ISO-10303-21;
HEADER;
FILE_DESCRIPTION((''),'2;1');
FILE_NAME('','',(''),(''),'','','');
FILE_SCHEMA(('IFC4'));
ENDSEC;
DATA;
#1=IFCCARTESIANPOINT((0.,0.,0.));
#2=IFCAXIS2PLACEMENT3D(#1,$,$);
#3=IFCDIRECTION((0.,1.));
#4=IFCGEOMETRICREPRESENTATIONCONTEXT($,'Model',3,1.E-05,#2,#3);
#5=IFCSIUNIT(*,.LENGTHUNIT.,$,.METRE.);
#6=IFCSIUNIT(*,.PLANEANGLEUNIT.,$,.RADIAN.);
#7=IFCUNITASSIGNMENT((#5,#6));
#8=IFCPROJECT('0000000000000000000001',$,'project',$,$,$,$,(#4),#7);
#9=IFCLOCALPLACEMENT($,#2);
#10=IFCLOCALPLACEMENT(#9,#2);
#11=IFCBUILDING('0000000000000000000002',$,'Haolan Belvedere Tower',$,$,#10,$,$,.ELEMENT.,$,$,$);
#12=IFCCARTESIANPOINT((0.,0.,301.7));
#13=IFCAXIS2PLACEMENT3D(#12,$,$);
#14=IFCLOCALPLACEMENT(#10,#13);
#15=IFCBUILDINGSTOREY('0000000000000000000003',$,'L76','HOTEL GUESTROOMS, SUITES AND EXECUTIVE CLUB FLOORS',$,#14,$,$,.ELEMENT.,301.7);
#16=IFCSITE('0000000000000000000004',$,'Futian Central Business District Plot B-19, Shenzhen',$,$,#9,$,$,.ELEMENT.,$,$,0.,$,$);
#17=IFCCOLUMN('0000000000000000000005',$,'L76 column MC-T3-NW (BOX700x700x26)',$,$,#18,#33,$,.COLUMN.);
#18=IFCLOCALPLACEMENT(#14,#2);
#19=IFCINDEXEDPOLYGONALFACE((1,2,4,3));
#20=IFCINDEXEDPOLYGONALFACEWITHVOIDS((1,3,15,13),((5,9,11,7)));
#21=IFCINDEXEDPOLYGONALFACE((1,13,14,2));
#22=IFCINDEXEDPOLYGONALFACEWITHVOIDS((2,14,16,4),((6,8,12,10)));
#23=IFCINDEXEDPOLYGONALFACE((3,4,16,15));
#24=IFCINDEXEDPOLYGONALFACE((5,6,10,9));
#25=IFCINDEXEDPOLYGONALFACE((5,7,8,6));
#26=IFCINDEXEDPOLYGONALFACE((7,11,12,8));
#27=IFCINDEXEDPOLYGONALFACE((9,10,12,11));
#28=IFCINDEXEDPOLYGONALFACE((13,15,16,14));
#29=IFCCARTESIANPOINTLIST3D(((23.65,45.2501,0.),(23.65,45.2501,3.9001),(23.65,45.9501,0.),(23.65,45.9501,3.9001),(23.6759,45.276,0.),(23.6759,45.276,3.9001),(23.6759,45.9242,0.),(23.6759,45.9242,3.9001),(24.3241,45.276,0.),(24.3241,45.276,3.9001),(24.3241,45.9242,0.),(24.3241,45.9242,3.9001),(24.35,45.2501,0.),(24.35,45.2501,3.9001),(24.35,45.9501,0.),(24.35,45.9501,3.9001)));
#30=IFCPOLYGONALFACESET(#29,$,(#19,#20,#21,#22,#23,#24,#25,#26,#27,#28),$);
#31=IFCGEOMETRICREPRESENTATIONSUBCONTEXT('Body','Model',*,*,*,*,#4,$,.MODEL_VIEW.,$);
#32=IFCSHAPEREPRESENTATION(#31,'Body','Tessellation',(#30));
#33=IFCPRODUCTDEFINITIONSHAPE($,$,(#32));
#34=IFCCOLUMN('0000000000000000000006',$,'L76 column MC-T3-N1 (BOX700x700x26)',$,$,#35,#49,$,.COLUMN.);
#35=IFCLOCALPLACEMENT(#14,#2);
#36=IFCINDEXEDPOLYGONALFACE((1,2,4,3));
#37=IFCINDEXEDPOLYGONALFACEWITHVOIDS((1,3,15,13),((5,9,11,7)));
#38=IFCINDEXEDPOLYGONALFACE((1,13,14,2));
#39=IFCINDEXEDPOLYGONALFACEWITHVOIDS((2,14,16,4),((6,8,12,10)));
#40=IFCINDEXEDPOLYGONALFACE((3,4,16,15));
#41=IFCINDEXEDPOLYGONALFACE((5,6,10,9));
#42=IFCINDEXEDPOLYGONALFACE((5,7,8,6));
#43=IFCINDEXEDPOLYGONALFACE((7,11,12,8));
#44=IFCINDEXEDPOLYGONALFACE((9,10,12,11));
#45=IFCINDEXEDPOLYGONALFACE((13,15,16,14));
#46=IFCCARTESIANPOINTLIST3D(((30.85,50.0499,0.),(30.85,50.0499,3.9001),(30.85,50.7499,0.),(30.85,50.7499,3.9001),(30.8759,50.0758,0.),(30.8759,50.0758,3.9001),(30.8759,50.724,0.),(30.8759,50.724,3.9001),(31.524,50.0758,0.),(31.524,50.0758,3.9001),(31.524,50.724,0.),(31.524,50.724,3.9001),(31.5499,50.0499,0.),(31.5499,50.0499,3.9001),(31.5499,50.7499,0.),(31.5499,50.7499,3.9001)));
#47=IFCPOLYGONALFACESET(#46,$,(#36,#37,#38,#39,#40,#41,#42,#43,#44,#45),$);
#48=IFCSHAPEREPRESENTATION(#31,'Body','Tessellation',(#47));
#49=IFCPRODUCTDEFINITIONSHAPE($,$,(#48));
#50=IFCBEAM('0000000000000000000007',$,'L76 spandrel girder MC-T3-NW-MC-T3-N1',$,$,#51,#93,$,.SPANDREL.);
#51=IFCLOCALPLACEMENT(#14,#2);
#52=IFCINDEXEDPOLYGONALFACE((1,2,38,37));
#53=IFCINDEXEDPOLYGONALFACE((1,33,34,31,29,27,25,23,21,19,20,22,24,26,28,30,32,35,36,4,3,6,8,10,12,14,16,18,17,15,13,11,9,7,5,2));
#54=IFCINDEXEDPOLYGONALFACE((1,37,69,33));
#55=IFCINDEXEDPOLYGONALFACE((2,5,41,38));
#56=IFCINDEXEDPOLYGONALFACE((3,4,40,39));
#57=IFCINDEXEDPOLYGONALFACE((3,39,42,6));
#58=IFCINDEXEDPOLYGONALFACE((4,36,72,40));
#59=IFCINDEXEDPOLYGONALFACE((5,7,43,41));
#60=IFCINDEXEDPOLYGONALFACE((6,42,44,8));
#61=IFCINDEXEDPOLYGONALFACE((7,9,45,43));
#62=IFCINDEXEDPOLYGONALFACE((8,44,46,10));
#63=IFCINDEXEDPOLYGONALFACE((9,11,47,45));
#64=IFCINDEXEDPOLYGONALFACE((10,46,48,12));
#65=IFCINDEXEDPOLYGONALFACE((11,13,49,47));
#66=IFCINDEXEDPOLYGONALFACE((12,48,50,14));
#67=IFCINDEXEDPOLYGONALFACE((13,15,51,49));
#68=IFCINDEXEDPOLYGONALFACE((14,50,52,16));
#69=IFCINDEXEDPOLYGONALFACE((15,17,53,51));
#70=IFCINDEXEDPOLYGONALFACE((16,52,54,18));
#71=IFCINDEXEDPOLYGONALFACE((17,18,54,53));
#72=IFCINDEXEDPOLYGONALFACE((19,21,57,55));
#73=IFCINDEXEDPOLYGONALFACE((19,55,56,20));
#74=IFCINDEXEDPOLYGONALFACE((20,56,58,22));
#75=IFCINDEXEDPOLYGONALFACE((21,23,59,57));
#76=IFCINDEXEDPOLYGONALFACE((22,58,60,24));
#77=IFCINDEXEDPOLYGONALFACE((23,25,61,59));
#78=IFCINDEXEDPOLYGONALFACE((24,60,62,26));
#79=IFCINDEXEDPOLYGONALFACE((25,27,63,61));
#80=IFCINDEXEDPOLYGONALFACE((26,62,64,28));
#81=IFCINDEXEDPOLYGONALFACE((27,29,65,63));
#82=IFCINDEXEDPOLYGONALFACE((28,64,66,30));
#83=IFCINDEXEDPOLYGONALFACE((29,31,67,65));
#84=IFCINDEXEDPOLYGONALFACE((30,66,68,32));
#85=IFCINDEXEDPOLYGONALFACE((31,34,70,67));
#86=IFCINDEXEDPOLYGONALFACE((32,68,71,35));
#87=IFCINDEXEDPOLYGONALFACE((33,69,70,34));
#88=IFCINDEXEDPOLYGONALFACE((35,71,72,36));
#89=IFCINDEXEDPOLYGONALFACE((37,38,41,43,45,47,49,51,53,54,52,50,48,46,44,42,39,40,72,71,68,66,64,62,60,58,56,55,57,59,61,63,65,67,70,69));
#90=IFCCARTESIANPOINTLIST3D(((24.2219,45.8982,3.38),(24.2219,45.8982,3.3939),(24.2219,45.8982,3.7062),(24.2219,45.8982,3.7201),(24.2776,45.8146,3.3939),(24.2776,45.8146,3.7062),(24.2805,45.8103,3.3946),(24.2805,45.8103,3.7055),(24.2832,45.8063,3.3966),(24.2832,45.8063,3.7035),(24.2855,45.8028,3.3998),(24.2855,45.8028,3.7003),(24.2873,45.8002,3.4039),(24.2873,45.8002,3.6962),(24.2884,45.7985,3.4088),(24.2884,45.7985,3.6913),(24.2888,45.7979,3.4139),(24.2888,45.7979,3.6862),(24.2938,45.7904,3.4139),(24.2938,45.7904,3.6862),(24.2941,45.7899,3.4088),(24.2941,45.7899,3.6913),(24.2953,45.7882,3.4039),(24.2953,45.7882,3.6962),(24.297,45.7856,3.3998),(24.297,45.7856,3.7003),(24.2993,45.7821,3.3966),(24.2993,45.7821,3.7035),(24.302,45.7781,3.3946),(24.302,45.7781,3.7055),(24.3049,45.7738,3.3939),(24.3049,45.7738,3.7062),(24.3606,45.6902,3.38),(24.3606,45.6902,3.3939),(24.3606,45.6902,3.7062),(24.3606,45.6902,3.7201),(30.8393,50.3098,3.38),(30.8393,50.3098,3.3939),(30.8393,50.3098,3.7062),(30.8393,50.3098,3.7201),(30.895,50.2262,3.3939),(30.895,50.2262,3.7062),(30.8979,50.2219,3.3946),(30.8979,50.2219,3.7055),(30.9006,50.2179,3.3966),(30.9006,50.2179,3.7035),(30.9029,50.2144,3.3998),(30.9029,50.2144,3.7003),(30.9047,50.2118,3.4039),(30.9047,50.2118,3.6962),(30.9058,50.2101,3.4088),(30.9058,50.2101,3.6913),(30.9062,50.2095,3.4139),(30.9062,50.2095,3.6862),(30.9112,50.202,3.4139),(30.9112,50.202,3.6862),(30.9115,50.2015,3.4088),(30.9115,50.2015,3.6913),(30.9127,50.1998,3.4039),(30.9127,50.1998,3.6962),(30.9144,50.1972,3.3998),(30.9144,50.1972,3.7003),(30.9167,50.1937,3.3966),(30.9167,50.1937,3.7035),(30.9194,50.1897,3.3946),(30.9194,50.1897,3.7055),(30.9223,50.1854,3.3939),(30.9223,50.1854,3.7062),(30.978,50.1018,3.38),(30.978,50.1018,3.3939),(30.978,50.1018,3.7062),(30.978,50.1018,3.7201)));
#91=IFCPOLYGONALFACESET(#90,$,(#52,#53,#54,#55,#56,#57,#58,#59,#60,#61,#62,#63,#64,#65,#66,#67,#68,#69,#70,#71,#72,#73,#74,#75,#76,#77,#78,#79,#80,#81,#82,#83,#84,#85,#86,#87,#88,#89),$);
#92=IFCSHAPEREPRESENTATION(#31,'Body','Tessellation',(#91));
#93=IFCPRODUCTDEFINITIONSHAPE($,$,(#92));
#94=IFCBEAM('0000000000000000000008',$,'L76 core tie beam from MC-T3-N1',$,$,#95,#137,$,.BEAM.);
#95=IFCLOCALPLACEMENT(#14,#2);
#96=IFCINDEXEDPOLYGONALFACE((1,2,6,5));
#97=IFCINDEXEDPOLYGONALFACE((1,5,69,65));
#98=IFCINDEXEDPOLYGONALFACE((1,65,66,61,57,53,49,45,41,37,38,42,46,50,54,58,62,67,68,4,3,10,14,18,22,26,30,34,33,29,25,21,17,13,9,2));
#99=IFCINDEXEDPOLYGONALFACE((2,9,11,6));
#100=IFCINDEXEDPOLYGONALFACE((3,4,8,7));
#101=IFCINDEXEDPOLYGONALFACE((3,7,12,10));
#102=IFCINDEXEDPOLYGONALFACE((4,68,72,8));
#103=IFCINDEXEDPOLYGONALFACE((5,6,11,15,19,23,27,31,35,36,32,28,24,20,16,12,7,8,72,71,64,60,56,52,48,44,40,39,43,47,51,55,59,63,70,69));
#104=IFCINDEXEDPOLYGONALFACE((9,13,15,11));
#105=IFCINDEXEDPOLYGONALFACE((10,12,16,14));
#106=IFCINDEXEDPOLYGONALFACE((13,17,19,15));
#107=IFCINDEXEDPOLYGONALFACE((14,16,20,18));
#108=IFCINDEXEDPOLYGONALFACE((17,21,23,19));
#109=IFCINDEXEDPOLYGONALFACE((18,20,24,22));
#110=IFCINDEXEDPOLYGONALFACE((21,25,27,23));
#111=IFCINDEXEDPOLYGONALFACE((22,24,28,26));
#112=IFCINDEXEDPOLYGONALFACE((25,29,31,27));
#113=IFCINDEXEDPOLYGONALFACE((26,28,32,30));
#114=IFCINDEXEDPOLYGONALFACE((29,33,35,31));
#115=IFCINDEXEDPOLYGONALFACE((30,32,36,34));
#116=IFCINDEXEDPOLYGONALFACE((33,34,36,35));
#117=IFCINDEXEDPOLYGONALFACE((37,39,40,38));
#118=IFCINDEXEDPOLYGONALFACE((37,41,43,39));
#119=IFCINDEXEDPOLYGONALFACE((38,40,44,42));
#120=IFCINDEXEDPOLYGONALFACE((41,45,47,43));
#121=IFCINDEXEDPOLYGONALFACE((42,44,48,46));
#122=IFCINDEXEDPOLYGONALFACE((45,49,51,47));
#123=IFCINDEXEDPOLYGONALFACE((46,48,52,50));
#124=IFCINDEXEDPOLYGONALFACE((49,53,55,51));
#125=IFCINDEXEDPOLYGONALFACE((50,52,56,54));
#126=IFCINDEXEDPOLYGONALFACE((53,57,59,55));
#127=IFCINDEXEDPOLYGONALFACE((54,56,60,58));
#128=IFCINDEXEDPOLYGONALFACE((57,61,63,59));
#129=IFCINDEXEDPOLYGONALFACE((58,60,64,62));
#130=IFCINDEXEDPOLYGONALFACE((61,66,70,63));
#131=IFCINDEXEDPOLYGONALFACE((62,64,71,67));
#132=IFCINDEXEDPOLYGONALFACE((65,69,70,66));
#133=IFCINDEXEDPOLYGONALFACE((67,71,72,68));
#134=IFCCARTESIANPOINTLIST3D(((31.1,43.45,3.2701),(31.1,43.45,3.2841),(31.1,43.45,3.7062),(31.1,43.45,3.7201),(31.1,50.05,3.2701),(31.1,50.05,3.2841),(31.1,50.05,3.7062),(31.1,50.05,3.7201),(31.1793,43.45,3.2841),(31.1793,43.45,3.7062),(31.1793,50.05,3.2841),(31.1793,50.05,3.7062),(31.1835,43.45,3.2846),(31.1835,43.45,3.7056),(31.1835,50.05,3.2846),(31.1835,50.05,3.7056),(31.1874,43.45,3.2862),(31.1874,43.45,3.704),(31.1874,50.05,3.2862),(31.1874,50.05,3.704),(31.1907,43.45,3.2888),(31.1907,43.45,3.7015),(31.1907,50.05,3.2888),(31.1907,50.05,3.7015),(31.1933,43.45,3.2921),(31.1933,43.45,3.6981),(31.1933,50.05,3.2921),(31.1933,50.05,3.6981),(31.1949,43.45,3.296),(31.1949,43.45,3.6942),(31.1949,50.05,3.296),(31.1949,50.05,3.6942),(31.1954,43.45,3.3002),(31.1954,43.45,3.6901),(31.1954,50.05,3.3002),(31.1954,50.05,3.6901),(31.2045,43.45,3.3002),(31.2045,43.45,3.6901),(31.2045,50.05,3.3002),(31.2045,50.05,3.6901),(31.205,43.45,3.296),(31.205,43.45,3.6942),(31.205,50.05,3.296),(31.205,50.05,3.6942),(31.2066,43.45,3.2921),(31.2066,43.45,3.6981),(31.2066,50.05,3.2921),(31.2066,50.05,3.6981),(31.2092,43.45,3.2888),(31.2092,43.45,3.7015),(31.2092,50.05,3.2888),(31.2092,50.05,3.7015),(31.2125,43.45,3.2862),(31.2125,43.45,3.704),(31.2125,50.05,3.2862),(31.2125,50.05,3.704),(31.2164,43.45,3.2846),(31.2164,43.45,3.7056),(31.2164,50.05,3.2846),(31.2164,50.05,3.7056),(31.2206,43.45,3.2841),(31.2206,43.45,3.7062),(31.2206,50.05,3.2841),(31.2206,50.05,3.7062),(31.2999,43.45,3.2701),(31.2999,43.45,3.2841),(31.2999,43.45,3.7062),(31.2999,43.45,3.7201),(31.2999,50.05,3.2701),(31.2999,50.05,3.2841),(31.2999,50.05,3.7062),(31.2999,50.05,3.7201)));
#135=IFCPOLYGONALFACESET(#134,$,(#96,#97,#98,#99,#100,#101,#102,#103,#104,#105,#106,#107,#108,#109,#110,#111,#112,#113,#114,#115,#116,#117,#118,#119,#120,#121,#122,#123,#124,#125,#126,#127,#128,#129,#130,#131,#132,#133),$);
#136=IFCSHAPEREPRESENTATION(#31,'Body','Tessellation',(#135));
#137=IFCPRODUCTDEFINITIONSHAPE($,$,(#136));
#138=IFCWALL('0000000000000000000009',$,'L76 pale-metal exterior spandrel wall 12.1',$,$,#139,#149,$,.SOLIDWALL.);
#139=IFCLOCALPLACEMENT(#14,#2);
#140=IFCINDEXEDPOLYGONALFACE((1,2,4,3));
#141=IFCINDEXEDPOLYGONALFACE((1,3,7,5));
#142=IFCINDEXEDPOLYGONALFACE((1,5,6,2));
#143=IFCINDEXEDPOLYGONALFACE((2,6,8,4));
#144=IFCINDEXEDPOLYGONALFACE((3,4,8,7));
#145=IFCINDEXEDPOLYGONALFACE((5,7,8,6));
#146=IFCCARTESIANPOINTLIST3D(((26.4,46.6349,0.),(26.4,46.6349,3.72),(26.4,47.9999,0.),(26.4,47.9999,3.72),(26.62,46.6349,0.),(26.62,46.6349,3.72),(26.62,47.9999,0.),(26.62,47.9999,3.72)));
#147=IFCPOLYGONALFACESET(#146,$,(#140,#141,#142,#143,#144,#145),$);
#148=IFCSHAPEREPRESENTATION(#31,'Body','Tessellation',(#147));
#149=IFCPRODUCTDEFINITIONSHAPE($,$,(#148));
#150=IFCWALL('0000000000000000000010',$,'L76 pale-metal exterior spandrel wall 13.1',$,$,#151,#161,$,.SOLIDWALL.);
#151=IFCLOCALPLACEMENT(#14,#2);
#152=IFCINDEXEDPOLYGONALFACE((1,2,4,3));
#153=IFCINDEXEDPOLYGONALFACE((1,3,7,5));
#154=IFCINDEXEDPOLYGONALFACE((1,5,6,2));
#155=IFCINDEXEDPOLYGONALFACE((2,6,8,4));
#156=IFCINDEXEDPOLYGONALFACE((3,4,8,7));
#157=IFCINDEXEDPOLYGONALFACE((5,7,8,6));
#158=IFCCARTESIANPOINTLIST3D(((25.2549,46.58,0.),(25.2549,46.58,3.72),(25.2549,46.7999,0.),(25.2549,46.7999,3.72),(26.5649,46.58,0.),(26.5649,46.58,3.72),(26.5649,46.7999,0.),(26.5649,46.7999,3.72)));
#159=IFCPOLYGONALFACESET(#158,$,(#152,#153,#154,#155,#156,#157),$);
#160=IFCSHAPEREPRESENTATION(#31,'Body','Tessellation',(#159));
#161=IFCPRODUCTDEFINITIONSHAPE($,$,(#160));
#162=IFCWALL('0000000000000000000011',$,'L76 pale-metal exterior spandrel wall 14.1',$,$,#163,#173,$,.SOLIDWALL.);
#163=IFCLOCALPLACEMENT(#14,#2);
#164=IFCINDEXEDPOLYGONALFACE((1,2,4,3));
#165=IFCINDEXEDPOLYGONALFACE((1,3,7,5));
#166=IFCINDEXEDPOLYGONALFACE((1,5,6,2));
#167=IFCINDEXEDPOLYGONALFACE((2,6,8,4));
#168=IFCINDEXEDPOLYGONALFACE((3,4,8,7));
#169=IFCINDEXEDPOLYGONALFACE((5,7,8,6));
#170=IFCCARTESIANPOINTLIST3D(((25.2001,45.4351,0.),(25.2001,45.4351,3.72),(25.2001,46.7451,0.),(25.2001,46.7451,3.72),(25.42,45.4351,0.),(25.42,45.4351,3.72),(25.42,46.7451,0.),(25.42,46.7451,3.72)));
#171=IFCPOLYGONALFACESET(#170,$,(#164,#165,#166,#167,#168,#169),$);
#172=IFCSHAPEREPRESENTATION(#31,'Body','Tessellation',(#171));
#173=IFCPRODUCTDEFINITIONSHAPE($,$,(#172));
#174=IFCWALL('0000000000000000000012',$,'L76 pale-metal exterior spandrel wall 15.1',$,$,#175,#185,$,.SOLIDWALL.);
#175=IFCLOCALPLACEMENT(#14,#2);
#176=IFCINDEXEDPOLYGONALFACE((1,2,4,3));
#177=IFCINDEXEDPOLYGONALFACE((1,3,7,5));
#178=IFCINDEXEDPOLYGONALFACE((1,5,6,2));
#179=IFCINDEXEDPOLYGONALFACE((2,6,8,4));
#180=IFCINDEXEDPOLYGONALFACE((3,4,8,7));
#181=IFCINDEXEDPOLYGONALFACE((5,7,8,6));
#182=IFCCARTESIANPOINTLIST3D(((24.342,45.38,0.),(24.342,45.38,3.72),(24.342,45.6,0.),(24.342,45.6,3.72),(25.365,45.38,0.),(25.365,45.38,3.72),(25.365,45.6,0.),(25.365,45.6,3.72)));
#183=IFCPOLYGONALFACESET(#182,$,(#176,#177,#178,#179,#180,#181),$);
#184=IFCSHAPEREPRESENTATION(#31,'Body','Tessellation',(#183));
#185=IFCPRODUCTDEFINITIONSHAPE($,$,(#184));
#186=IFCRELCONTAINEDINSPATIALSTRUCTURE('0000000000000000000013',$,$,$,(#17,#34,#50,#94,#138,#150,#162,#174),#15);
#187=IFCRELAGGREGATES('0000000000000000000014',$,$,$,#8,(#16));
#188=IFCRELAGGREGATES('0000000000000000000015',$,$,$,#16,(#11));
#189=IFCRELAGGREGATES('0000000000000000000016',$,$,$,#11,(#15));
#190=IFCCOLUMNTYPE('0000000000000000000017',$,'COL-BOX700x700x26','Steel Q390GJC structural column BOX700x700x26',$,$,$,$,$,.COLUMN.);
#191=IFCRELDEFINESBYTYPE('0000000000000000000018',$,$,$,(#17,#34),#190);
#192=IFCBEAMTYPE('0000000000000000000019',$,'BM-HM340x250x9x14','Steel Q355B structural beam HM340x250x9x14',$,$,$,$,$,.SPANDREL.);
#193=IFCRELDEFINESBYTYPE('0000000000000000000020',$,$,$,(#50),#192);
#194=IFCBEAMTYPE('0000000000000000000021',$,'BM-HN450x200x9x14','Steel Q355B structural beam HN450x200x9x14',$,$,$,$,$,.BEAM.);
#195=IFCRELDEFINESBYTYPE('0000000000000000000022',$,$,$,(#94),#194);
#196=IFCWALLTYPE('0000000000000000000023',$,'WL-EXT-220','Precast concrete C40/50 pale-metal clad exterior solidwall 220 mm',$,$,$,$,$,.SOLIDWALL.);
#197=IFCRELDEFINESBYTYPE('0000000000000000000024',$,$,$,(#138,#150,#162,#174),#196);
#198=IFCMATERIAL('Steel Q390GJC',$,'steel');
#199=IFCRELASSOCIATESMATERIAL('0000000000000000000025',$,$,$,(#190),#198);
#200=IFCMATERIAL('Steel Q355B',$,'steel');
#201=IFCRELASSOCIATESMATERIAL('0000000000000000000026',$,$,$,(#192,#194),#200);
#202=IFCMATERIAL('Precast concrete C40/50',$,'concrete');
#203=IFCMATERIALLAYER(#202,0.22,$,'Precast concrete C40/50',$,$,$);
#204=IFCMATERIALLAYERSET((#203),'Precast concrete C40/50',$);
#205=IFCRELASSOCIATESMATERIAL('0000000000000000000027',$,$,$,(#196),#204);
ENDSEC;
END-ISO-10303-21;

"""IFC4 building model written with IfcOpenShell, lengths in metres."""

from ifc_helpers import new_model, si_unit, direction, frame, frame_2d, origin, origin_2d, place, context, subcontext, project, spatial, rectangle, hollow_rectangle, i_section, extrude, material, layer, layer_set, material_profile, profile_set, type_object, element, save


model = new_model("IFC4")

# Units and contexts
model_context = context("Model", 3, precision=1e-05, world=origin(), true_north=direction((0.0, 1.0)))
body_context = subcontext(model_context, "Body", "Model", "MODEL_VIEW")
ifc_project = project(units=[si_unit("LENGTHUNIT", "METRE"), si_unit("PLANEANGLEUNIT", "RADIAN")], contexts=[model_context])

# Site, building, storey
site_placement = place(None, origin())
site = spatial("IfcSite", under=ifc_project, at=site_placement, Name="Futian Central Business District Plot B-19, Shenzhen", CompositionType="ELEMENT", RefElevation=0.0)
building_placement = place(site_placement, origin())
building = spatial("IfcBuilding", under=site, at=building_placement, Name="Haolan Belvedere Tower", CompositionType="ELEMENT")
storey_placement = place(building_placement, frame((0.0, 0.0, 301.7)))
storey = spatial("IfcBuildingStorey", under=building, at=storey_placement, Name="L76", Description="HOTEL GUESTROOMS, SUITES AND EXECUTIVE CLUB FLOORS", CompositionType="ELEMENT", Elevation=301.7)

# Columns
ifc_material_1 = material(Name="Steel Q390GJC", Category="steel")
ifc_material_profile_1 = material_profile(ifc_material_1, hollow_rectangle(XDim=0.7, YDim=0.7, WallThickness=0.0259, at=origin_2d()), Name="Steel Q390GJC")
ifc_profile_set_1 = profile_set([ifc_material_profile_1], Name="Steel Q390GJC")
column_type = type_object("IfcColumnType", Name="COL-BOX700x700x26", Description="Steel Q390GJC structural column BOX700x700x26", PredefinedType="COLUMN", material=ifc_profile_set_1)
for number, where, z_axis, x_axis, name in (
    (1, (24.0, 45.6001, 0.0), (0.0, 0.0, 1.0), (1.0, 0.0, 0.0), "L76 column MC-T3-NW (BOX700x700x26)"),
    (2, (31.2, 50.3999, 0.0), (0.0, 0.0, 1.0), (1.0, 0.0, 0.0), "L76 column MC-T3-N1 (BOX700x700x26)"),
):
    element("IfcColumn", number, at=place(storey_placement, frame(where, z_axis=z_axis, x_axis=x_axis)), inside=storey, type_object=column_type, Name=name, PredefinedType="COLUMN", context=body_context, shape_type="SweptSolid", body=[
        extrude(hollow_rectangle(XDim=0.7, YDim=0.7, WallThickness=0.0259, at=origin_2d()), origin(), (0.0, 0.0, 1.0), 3.9001),
    ])

# Beams
ifc_material_2 = material(Name="Steel Q355B", Category="steel")
ifc_material_profile_2 = material_profile(ifc_material_2, i_section(OverallWidth=0.25, OverallDepth=0.3401, WebThickness=0.009, FlangeThickness=0.0139, FilletRadius=0.02, at=origin_2d()), Name="Steel Q355B")
ifc_profile_set_2 = profile_set([ifc_material_profile_2], Name="Steel Q355B")
beam_type_1 = type_object("IfcBeamType", Name="BM-HM340x250x9x14", Description="Steel Q355B structural beam HM340x250x9x14", PredefinedType="SPANDREL", material=ifc_profile_set_2)
beam_1_placement = place(storey_placement, frame((24.2913, 45.7942, 3.55), z_axis=(0.83205, 0.5547, 0.0), x_axis=(-0.5547, 0.83205, 0.0)))
element("IfcBeam", 3, at=beam_1_placement, inside=storey, type_object=beam_type_1, Name="L76 spandrel girder MC-T3-NW-MC-T3-N1", PredefinedType="SPANDREL", context=body_context, shape_type="SweptSolid", body=[
    extrude(i_section(OverallWidth=0.25, OverallDepth=0.3401, WebThickness=0.009, FlangeThickness=0.0139, FilletRadius=0.02, at=origin_2d()), origin(), (0.0, 0.0, 1.0), 7.9531),
])
ifc_material_profile_3 = material_profile(ifc_material_2, i_section(OverallWidth=0.2, OverallDepth=0.45, WebThickness=0.009, FlangeThickness=0.0139, FilletRadius=0.0161, at=origin_2d()), Name="Steel Q355B")
ifc_profile_set_3 = profile_set([ifc_material_profile_3], Name="Steel Q355B")
beam_type_2 = type_object("IfcBeamType", Name="BM-HN450x200x9x14", Description="Steel Q355B structural beam HN450x200x9x14", PredefinedType="BEAM", material=ifc_profile_set_3)
beam_2_placement = place(storey_placement, frame((31.2, 50.05, 3.4951), z_axis=(0.0, -1.0, 0.0), x_axis=(1.0, 0.0, 0.0)))
element("IfcBeam", 4, at=beam_2_placement, inside=storey, type_object=beam_type_2, Name="L76 core tie beam from MC-T3-N1", PredefinedType="BEAM", context=body_context, shape_type="SweptSolid", body=[
    extrude(i_section(OverallWidth=0.2, OverallDepth=0.45, WebThickness=0.009, FlangeThickness=0.0139, FilletRadius=0.0161, at=origin_2d()), origin(), (0.0, 0.0, 1.0), 6.6001),
])

# Walls
ifc_material_3 = material(Name="Precast concrete C40/50", Category="concrete")
ifc_layer_1 = layer(ifc_material_3, 0.22, Name="Precast concrete C40/50")
ifc_layer_set_1 = layer_set([ifc_layer_1], Name="Precast concrete C40/50")
wall_type_1 = type_object("IfcWallType", Name="WL-EXT-220", Description="Precast concrete C40/50 pale-metal clad exterior solidwall 220 mm", PredefinedType="SOLIDWALL", material=ifc_layer_set_1)
wall_1_placement = place(storey_placement, frame((26.51, 48.0, 0.0), z_axis=(0.0, 0.0, 1.0), x_axis=(0.0, -1.0, 0.0)))
element("IfcWall", 5, at=wall_1_placement, inside=storey, type_object=wall_type_1, Name="L76 pale-metal exterior spandrel wall 12.1", PredefinedType="SOLIDWALL", context=body_context, shape_type="SweptSolid", body=[
    extrude(rectangle(XDim=1.365, YDim=0.22, at=frame_2d((0.6826, 0.0))), origin(), (0.0, 0.0, 1.0), 3.72),
])
for number, where, z_axis, x_axis, name in (
    (6, (26.5649, 46.6899, 0.0), (0.0, 0.0, 1.0), (-1.0, 0.0, 0.0), "L76 pale-metal exterior spandrel wall 13.1"),
    (7, (25.3101, 46.7451, 0.0), (0.0, 0.0, 1.0), (0.0, -1.0, 0.0), "L76 pale-metal exterior spandrel wall 14.1"),
):
    element("IfcWall", number, at=place(storey_placement, frame(where, z_axis=z_axis, x_axis=x_axis)), inside=storey, type_object=wall_type_1, Name=name, PredefinedType="SOLIDWALL", context=body_context, shape_type="SweptSolid", body=[
        extrude(rectangle(XDim=1.3101, YDim=0.22, at=frame_2d((0.655, 0.0))), origin(), (0.0, 0.0, 1.0), 3.72),
    ])
wall_2_placement = place(storey_placement, frame((25.365, 45.49, 0.0), z_axis=(0.0, 0.0, 1.0), x_axis=(-1.0, 0.0, 0.0)))
element("IfcWall", 8, at=wall_2_placement, inside=storey, type_object=wall_type_1, Name="L76 pale-metal exterior spandrel wall 15.1", PredefinedType="SOLIDWALL", context=body_context, shape_type="SweptSolid", body=[
    extrude(rectangle(XDim=1.0229, YDim=0.22, at=frame_2d((0.5115, 0.0))), origin(), (0.0, 0.0, 1.0), 3.72),
])

save(model, "model.ifc")
